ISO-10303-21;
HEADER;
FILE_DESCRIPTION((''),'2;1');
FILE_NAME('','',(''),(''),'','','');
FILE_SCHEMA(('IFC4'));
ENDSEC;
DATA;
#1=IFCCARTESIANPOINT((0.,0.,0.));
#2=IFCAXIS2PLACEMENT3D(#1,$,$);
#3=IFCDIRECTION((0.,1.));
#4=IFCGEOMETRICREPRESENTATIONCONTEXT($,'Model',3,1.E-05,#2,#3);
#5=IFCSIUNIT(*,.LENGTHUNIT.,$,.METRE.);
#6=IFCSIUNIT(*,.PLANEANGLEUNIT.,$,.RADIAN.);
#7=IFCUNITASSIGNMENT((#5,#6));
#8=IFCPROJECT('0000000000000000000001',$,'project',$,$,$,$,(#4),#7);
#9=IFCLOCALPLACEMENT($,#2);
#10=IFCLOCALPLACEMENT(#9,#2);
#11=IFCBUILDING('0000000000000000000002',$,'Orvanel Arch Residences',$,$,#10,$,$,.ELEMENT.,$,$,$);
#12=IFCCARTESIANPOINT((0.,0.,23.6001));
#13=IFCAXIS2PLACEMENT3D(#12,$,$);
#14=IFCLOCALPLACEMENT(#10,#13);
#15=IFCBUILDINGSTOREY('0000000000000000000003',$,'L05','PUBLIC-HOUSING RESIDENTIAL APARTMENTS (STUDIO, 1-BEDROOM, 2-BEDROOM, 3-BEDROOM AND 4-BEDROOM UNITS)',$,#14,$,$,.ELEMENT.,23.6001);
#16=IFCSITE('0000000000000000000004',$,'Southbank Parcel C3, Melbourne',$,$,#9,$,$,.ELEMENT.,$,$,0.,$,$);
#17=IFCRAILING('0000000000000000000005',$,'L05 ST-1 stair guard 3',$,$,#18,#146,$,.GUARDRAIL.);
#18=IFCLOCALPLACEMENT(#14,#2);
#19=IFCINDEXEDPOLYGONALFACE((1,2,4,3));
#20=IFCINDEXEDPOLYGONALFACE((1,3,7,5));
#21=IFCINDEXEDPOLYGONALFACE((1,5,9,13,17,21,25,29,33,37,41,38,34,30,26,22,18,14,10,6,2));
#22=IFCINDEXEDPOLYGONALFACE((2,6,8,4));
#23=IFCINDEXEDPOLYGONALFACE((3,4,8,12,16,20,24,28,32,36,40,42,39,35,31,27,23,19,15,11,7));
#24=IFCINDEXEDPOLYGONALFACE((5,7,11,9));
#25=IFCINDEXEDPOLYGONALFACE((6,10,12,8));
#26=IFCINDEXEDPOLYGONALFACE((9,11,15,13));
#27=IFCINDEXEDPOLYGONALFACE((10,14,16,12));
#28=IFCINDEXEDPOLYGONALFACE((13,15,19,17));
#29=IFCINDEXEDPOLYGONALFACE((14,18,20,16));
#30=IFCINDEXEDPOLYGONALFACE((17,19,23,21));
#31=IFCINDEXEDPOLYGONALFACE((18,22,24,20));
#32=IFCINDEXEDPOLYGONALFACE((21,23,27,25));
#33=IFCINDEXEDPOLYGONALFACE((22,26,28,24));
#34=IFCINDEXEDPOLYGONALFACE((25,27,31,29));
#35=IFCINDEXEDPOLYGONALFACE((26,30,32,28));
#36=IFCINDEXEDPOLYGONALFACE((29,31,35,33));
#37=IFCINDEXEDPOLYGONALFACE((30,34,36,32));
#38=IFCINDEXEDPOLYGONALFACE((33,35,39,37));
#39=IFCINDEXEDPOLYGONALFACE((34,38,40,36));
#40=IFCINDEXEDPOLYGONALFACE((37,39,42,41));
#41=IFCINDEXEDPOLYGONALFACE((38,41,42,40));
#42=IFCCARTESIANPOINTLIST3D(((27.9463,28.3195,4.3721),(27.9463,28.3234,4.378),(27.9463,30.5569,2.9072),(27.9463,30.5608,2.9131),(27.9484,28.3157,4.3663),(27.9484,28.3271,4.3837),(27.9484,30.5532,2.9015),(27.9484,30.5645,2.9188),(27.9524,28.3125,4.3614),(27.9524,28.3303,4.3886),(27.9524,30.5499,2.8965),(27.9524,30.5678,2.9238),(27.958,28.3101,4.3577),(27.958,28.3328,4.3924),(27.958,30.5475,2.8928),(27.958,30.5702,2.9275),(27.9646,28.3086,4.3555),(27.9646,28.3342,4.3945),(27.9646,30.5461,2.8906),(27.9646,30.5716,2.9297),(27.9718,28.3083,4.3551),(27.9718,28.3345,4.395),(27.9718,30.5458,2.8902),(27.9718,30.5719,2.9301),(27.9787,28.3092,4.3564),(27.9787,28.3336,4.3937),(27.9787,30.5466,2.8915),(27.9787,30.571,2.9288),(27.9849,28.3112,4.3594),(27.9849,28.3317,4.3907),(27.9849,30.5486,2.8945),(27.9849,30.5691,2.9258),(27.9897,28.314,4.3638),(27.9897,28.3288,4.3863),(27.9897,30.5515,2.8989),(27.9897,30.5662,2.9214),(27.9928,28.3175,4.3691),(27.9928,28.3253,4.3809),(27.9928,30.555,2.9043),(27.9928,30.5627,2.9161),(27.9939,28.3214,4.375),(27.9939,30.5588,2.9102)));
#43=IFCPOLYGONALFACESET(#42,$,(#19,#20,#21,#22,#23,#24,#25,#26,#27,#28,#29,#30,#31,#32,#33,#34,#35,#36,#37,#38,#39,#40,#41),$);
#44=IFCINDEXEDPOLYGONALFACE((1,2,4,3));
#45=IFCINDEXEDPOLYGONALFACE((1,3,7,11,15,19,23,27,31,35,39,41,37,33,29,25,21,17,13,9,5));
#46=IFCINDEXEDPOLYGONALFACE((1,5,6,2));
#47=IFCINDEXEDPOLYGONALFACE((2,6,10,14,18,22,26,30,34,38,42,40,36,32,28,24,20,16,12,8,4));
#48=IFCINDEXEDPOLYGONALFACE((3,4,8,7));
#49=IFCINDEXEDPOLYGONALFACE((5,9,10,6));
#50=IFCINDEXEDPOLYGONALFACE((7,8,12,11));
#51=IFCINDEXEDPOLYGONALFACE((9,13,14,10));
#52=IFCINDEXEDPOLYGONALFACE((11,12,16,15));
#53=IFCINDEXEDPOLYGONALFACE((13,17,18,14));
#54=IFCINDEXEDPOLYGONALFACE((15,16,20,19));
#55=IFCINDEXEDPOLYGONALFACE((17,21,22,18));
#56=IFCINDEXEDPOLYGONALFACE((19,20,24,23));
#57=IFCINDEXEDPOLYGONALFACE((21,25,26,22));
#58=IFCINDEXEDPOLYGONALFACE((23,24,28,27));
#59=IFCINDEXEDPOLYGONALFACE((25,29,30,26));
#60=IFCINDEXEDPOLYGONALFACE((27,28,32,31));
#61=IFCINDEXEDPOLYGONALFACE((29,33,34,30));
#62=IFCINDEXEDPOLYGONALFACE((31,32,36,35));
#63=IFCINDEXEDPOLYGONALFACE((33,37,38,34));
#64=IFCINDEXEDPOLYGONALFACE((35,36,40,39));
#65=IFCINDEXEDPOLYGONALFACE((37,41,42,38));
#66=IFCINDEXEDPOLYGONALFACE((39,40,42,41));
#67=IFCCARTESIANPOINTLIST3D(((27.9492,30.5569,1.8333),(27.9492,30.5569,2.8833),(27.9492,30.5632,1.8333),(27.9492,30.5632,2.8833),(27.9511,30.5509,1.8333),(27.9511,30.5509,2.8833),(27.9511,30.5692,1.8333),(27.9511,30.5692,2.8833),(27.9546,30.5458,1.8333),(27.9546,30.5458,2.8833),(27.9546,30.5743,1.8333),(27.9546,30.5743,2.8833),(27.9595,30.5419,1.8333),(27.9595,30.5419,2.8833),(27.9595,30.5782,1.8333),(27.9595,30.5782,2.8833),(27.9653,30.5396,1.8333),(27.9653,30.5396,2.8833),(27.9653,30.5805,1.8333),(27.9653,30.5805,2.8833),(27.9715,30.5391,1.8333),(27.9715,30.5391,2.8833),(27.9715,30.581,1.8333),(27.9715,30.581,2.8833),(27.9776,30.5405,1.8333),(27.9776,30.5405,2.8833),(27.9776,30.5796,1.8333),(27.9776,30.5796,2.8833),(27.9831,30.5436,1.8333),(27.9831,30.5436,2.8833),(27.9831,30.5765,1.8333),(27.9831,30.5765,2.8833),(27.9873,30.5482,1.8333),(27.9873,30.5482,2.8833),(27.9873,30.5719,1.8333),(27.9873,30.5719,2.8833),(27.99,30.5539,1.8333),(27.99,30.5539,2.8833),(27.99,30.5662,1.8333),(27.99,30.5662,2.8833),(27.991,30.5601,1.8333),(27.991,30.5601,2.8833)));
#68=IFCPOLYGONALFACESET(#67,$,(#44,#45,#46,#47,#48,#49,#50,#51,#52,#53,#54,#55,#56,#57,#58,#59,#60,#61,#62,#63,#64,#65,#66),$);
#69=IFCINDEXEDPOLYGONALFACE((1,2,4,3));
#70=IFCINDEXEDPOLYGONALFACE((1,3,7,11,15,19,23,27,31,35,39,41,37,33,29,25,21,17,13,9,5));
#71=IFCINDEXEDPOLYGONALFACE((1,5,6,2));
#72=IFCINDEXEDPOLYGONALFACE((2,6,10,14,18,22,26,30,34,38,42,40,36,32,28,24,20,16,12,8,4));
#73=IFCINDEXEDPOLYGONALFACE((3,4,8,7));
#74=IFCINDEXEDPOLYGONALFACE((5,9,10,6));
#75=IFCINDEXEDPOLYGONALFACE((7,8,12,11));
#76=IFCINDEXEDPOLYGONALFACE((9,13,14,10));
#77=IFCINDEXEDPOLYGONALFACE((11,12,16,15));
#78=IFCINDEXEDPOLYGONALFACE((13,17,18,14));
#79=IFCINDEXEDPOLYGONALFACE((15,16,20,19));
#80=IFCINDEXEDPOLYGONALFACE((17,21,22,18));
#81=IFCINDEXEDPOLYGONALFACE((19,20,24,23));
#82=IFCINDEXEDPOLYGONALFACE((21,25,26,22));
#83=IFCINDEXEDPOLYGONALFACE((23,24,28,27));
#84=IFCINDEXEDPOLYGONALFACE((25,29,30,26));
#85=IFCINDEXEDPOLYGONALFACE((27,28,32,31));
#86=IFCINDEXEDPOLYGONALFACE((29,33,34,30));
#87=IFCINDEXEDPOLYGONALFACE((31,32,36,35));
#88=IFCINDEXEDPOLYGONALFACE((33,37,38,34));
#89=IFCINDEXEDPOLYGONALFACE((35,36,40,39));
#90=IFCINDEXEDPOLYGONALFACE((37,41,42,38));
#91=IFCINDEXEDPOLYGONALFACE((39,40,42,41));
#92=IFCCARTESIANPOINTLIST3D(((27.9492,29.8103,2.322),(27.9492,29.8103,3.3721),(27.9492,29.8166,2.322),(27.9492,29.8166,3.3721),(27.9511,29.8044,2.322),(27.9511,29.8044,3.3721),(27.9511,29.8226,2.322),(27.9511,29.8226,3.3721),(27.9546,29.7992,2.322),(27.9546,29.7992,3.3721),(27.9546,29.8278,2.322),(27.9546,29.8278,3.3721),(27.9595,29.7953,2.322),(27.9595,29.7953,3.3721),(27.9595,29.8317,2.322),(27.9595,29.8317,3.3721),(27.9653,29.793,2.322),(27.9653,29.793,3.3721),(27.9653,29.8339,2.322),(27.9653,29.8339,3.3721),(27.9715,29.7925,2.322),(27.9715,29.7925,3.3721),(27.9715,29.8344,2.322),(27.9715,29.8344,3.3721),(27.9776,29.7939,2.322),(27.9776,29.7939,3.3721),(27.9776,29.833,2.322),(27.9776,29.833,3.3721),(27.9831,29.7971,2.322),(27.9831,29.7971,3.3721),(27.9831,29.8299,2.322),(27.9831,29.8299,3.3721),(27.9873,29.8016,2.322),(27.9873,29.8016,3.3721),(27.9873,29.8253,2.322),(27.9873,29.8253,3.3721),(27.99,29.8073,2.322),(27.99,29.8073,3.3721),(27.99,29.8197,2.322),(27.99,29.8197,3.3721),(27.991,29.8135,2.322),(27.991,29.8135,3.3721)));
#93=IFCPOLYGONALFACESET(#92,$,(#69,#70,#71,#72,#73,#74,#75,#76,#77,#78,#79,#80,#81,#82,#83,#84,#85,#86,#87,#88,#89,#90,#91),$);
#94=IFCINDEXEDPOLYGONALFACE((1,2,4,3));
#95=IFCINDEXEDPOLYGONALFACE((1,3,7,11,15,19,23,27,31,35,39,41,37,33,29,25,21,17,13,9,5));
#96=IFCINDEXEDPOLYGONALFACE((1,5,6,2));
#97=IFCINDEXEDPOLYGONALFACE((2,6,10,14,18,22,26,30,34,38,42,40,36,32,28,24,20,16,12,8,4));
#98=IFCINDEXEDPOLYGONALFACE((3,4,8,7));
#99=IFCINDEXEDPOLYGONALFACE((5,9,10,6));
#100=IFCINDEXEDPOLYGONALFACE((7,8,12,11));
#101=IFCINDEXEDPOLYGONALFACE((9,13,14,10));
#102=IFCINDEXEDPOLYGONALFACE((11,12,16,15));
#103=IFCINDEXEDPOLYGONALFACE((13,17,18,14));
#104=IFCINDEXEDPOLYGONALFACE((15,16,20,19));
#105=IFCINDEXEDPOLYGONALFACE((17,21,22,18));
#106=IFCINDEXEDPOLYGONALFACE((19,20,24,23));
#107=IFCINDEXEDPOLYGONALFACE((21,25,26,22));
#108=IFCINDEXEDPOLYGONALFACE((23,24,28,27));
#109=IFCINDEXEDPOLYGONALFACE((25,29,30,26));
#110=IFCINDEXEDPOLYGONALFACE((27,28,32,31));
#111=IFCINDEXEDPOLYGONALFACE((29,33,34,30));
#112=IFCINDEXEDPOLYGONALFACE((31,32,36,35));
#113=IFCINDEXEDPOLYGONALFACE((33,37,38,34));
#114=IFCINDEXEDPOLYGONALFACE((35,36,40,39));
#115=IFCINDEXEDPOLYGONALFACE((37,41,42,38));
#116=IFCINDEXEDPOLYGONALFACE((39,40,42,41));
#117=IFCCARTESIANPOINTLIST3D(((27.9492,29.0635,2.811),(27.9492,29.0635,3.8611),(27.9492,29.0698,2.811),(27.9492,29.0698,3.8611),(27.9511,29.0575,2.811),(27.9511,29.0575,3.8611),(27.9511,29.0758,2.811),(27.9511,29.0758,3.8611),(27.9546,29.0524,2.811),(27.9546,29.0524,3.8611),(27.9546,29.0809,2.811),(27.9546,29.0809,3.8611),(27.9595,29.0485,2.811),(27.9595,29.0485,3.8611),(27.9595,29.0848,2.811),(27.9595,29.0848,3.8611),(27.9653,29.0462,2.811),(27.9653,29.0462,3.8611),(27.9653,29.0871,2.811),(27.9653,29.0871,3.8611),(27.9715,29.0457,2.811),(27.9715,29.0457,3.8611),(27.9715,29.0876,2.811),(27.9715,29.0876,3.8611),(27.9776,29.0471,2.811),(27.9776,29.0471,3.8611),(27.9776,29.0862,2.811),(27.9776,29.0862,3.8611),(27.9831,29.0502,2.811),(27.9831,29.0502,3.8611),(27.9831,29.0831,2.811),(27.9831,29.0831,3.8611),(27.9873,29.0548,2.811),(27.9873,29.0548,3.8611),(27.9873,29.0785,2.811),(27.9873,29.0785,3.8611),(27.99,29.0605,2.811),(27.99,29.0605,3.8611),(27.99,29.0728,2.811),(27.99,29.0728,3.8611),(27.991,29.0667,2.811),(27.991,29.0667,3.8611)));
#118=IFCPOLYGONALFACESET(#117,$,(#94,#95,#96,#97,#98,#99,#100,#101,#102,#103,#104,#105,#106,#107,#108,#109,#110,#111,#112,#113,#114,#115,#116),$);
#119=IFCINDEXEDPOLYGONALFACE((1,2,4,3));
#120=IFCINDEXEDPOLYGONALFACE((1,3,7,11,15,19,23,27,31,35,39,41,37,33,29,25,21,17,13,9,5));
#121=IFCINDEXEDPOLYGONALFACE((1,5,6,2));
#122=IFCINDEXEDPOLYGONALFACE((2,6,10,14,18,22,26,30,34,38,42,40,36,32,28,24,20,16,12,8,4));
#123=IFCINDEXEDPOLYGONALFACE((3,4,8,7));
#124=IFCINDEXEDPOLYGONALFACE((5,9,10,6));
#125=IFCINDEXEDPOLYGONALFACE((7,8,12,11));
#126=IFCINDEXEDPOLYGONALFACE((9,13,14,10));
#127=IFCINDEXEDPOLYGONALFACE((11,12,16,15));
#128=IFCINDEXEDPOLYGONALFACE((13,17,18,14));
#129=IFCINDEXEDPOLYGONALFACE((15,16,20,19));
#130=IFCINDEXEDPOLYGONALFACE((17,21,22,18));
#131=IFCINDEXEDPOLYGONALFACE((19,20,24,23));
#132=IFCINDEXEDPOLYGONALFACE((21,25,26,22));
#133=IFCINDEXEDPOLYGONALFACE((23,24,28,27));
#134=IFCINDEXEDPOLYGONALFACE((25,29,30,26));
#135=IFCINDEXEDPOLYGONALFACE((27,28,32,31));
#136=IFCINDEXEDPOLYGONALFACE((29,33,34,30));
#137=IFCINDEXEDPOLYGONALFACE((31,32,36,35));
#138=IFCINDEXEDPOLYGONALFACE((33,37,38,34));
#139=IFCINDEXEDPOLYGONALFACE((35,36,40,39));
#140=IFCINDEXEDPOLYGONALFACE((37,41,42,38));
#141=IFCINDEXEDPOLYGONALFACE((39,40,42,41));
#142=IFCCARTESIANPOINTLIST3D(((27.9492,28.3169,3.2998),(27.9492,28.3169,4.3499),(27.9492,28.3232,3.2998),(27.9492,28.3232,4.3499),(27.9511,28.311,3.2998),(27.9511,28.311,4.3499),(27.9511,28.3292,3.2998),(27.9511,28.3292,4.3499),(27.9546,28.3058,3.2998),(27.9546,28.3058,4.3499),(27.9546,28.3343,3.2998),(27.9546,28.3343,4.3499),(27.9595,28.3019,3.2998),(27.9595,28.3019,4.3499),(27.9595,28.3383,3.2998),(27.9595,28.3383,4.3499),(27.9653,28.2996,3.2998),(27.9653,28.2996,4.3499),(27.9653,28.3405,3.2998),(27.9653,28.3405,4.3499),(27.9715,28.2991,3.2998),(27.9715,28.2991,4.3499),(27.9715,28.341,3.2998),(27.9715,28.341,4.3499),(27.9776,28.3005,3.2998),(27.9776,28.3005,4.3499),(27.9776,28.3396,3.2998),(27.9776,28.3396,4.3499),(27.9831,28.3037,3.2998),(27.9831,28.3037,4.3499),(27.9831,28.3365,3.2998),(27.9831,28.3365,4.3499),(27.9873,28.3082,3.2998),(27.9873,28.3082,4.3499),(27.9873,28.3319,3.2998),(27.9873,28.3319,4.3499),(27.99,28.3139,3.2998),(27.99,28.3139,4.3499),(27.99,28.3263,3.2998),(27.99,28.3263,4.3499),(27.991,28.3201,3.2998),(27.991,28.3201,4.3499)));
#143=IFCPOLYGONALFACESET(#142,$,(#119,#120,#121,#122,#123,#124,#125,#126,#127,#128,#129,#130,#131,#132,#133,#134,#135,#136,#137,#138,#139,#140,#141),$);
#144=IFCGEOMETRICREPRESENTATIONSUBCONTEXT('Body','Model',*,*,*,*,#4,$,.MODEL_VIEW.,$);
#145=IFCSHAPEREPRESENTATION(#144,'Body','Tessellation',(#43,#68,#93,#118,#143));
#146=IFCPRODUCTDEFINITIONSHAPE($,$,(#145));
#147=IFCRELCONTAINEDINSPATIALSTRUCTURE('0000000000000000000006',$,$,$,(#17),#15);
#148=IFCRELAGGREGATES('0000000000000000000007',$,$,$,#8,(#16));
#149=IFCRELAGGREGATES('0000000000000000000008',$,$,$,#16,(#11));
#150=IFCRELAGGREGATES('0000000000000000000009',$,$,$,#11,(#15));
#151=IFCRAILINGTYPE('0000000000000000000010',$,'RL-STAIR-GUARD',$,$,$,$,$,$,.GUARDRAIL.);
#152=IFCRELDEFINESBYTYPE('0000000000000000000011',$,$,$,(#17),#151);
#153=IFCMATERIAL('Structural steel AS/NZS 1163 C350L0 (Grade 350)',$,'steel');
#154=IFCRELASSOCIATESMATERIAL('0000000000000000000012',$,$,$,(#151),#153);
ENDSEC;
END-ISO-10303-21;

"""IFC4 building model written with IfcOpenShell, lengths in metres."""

from ifc_helpers import new_model, si_unit, direction, frame, origin, origin_2d, place, context, subcontext, project, spatial, circle, extrude, material, type_object, element, save


model = new_model("IFC4")

# Units and contexts
model_context = context("Model", 3, precision=1e-05, world=origin(), true_north=direction((0.0, 1.0)))
body_context = subcontext(model_context, "Body", "Model", "MODEL_VIEW")
ifc_project = project(units=[si_unit("LENGTHUNIT", "METRE"), si_unit("PLANEANGLEUNIT", "RADIAN")], contexts=[model_context])

# Site, building, storey
site_placement = place(None, origin())
site = spatial("IfcSite", under=ifc_project, at=site_placement, Name="Southbank Parcel C3, Melbourne", CompositionType="ELEMENT", RefElevation=0.0)
building_placement = place(site_placement, origin())
building = spatial("IfcBuilding", under=site, at=building_placement, Name="Orvanel Arch Residences", CompositionType="ELEMENT")
storey_placement = place(building_placement, frame((0.0, 0.0, 23.6001)))
storey = spatial("IfcBuildingStorey", under=building, at=storey_placement, Name="L05", Description="PUBLIC-HOUSING RESIDENTIAL APARTMENTS (STUDIO, 1-BEDROOM, 2-BEDROOM, 3-BEDROOM AND 4-BEDROOM UNITS)", CompositionType="ELEMENT", Elevation=23.6001)

# Railing
ifc_material_1 = material(Name="Structural steel AS/NZS 1163 C350L0 (Grade 350)", Category="steel")
railing_type_1 = type_object("IfcRailingType", Name="RL-STAIR-GUARD", PredefinedType="GUARDRAIL", material=ifc_material_1)
railing_1_placement = place(storey_placement, frame((27.97, 30.5601, 1.8333)))
element("IfcRailing", 1, at=railing_1_placement, inside=storey, type_object=railing_type_1, Name="L05 ST-1 stair guard 3", PredefinedType="GUARDRAIL", context=body_context, shape_type="SweptSolid", body=[
    extrude(circle(Radius=0.0239, at=origin_2d()), frame((0.0, -0.0012, 1.0769), z_axis=(0.0, -0.836637, 0.547758), x_axis=(1.0, 0.0, 0.0)), (0.0, 0.0, 1.0), 2.6743),
    extrude(circle(Radius=0.021, at=origin_2d()), origin(), (0.0, 0.0, 1.0), 1.05),
    extrude(circle(Radius=0.021, at=origin_2d()), frame((0.0, -0.7466, 0.4888)), (0.0, 0.0, 1.0), 1.05),
    extrude(circle(Radius=0.021, at=origin_2d()), frame((0.0, -1.4934, 0.9778)), (0.0, 0.0, 1.0), 1.05),
    extrude(circle(Radius=0.021, at=origin_2d()), frame((0.0, -2.24, 1.4666)), (0.0, 0.0, 1.0), 1.05),
])

save(model, "model.ifc")
